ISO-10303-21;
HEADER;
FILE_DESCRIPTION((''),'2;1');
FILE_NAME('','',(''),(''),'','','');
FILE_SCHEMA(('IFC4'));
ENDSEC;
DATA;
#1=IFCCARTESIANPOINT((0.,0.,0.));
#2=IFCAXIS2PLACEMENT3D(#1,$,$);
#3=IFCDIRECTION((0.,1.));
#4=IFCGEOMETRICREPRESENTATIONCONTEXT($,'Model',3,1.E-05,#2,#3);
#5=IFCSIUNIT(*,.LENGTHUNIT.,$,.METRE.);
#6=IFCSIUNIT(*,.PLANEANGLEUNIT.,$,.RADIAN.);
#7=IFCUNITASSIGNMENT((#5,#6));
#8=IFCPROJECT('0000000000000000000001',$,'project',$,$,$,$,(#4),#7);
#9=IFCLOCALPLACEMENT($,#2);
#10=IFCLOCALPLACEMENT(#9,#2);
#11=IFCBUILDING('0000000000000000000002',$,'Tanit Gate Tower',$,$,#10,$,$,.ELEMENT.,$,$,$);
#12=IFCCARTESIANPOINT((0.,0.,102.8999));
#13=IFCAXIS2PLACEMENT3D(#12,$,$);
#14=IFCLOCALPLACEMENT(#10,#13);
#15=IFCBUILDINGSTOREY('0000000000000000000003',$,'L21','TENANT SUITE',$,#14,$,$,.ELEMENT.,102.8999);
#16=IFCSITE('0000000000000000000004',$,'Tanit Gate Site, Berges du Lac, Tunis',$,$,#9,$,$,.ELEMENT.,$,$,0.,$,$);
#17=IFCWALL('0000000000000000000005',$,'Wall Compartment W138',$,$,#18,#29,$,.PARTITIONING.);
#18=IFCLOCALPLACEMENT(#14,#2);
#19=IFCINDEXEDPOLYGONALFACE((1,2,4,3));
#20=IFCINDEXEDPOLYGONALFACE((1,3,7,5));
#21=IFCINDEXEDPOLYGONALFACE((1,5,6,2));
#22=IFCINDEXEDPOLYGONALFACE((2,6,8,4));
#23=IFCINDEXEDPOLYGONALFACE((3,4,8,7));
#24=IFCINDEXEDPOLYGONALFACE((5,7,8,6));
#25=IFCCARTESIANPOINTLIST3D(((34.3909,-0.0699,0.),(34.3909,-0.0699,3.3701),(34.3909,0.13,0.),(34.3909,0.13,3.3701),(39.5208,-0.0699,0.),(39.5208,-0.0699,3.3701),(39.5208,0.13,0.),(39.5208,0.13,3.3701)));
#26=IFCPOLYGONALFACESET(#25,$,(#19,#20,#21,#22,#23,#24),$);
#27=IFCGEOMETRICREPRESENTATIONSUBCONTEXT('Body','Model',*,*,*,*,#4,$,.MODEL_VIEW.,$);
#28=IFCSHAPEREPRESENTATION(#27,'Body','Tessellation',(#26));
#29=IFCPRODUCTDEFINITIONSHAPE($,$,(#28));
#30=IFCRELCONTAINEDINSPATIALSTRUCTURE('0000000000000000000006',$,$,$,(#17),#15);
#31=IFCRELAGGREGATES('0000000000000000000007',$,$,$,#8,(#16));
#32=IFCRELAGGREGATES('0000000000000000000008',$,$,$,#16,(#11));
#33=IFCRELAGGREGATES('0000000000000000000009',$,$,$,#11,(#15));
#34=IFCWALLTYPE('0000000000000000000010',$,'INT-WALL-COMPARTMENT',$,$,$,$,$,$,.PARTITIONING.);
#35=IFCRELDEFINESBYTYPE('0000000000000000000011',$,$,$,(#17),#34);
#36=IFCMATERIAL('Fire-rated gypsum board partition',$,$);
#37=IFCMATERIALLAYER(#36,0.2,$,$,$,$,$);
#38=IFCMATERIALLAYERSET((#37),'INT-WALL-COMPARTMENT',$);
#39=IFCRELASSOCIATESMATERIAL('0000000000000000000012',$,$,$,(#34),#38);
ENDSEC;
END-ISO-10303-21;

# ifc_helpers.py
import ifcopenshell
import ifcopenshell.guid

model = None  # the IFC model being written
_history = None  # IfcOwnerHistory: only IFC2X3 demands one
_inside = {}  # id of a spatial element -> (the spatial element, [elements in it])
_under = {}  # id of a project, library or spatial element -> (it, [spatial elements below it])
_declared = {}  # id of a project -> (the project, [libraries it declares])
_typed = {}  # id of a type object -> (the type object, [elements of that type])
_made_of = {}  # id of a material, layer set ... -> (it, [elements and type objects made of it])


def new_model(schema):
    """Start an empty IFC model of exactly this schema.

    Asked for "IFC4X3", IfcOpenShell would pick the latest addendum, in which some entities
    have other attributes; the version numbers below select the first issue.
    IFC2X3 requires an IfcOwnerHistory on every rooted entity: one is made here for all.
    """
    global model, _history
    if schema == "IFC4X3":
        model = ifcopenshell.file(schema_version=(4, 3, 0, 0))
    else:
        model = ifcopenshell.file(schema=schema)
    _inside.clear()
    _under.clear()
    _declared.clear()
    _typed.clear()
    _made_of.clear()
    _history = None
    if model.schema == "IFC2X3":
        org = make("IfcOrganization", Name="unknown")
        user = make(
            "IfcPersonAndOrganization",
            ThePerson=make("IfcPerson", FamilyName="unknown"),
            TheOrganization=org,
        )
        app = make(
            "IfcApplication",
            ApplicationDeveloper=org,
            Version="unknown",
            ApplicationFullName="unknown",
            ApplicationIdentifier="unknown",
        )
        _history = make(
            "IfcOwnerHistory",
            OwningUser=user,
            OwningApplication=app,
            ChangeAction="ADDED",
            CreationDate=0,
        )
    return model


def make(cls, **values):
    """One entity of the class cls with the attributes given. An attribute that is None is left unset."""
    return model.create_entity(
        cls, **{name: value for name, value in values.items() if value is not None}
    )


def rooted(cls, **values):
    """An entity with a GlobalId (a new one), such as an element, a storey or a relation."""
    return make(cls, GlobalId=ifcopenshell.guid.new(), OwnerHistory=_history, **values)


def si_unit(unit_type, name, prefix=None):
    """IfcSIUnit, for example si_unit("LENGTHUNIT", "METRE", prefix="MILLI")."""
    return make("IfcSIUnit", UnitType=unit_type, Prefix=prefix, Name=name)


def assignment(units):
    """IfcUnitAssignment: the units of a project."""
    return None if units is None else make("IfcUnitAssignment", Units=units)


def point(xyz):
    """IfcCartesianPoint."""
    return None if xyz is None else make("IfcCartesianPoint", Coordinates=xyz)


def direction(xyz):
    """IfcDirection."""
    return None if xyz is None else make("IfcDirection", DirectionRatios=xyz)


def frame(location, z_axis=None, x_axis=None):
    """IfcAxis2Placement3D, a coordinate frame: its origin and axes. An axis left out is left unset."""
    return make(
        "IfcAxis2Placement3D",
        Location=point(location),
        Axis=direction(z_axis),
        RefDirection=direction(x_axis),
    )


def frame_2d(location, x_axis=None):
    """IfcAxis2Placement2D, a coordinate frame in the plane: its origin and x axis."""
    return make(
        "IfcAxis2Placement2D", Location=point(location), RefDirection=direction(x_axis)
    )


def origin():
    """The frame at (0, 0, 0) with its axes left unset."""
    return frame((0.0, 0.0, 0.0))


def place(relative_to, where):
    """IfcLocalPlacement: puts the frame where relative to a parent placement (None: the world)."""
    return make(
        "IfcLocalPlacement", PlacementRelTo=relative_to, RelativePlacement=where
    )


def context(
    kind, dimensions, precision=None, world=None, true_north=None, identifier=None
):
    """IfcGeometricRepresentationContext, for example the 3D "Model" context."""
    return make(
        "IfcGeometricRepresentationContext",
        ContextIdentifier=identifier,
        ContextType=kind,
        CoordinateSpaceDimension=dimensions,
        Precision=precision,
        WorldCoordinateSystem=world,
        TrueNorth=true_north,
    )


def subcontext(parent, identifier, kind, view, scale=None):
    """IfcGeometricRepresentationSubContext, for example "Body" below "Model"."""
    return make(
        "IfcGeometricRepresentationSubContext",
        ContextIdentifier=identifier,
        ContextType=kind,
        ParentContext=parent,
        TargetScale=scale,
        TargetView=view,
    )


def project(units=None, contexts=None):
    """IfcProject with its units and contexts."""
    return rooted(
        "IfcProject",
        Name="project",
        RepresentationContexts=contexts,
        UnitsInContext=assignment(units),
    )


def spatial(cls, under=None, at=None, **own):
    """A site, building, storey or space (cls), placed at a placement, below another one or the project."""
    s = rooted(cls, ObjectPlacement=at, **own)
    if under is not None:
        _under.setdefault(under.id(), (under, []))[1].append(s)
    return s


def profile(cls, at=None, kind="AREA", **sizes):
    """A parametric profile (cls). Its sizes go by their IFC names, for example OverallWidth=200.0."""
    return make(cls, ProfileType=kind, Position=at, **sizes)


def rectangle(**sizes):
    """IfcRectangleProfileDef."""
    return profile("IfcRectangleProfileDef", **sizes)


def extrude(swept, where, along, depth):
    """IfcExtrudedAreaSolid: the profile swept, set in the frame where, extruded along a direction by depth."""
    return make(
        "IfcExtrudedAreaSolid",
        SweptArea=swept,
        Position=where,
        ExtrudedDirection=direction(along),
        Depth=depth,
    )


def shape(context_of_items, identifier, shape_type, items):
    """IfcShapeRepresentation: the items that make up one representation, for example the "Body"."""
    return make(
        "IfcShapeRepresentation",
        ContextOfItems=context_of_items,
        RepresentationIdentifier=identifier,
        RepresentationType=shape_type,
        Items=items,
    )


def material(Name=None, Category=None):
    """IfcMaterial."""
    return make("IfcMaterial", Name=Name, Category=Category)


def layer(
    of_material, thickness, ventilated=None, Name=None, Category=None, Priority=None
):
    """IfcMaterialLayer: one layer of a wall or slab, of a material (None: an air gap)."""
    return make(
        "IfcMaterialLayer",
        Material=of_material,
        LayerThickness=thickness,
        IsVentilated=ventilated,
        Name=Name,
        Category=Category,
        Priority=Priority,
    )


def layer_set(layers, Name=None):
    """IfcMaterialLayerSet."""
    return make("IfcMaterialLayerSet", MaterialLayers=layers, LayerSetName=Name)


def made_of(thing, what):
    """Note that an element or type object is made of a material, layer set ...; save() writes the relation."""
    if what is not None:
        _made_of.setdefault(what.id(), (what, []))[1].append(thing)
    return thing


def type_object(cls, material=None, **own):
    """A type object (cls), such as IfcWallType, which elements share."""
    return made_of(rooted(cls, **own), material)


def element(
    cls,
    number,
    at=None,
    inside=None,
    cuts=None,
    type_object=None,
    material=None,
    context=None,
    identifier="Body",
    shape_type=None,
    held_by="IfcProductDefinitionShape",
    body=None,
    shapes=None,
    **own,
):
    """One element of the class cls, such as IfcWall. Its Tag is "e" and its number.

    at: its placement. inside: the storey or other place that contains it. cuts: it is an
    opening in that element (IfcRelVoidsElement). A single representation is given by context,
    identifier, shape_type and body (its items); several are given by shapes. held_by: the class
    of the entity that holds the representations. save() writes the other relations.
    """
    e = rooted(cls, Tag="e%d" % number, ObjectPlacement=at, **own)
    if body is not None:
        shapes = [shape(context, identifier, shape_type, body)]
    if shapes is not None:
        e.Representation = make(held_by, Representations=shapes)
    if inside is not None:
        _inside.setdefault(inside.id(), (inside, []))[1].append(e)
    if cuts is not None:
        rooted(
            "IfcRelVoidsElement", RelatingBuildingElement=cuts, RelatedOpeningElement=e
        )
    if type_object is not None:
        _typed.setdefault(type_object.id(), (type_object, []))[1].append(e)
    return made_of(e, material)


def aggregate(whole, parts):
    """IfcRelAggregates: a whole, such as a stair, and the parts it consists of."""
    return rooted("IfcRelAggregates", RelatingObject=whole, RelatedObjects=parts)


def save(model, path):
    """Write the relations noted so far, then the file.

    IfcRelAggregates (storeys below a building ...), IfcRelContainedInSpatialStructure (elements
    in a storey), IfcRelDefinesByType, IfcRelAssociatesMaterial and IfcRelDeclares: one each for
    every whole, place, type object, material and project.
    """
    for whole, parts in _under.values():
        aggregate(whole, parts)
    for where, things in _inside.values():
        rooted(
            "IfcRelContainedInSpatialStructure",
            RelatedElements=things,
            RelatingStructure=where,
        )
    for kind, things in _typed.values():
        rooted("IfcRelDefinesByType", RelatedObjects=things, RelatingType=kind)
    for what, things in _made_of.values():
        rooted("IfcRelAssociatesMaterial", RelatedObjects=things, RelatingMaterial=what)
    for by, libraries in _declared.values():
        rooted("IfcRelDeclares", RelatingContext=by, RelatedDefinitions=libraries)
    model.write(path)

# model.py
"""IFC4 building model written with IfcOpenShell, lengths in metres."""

from ifc_helpers import new_model, si_unit, direction, frame, frame_2d, origin, place, context, subcontext, project, spatial, rectangle, extrude, material, layer, layer_set, type_object, element, save


model = new_model("IFC4")

# Units and contexts
model_context = context("Model", 3, precision=1e-05, world=origin(), true_north=direction((0.0, 1.0)))
body_context = subcontext(model_context, "Body", "Model", "MODEL_VIEW")
ifc_project = project(units=[si_unit("LENGTHUNIT", "METRE"), si_unit("PLANEANGLEUNIT", "RADIAN")], contexts=[model_context])

# Site, building, storey
site_placement = place(None, origin())
site = spatial("IfcSite", under=ifc_project, at=site_placement, Name="Tanit Gate Site, Berges du Lac, Tunis", CompositionType="ELEMENT", RefElevation=0.0)
building_placement = place(site_placement, origin())
building = spatial("IfcBuilding", under=site, at=building_placement, Name="Tanit Gate Tower", CompositionType="ELEMENT")
storey_placement = place(building_placement, frame((0.0, 0.0, 102.8999)))
storey = spatial("IfcBuildingStorey", under=building, at=storey_placement, Name="L21", Description="TENANT SUITE", CompositionType="ELEMENT", Elevation=102.8999)

# Wall
ifc_material_1 = material(Name="Fire-rated gypsum board partition")
ifc_layer_1 = layer(ifc_material_1, 0.2)
ifc_layer_set_1 = layer_set([ifc_layer_1], Name="INT-WALL-COMPARTMENT")
wall_type_1 = type_object("IfcWallType", Name="INT-WALL-COMPARTMENT", PredefinedType="PARTITIONING", material=ifc_layer_set_1)
wall_1_placement = place(storey_placement, frame((39.5208, 0.03, 0.0), z_axis=(0.0, 0.0, 1.0), x_axis=(-1.0, 0.0, 0.0)))
element("IfcWall", 1, at=wall_1_placement, inside=storey, type_object=wall_type_1, Name="Wall Compartment W138", PredefinedType="PARTITIONING", context=body_context, shape_type="SweptSolid", body=[
    extrude(rectangle(XDim=5.1299, YDim=0.2, at=frame_2d((2.5649, 0.0))), origin(), (0.0, 0.0, 1.0), 3.3701),
])

save(model, "model.ifc")
